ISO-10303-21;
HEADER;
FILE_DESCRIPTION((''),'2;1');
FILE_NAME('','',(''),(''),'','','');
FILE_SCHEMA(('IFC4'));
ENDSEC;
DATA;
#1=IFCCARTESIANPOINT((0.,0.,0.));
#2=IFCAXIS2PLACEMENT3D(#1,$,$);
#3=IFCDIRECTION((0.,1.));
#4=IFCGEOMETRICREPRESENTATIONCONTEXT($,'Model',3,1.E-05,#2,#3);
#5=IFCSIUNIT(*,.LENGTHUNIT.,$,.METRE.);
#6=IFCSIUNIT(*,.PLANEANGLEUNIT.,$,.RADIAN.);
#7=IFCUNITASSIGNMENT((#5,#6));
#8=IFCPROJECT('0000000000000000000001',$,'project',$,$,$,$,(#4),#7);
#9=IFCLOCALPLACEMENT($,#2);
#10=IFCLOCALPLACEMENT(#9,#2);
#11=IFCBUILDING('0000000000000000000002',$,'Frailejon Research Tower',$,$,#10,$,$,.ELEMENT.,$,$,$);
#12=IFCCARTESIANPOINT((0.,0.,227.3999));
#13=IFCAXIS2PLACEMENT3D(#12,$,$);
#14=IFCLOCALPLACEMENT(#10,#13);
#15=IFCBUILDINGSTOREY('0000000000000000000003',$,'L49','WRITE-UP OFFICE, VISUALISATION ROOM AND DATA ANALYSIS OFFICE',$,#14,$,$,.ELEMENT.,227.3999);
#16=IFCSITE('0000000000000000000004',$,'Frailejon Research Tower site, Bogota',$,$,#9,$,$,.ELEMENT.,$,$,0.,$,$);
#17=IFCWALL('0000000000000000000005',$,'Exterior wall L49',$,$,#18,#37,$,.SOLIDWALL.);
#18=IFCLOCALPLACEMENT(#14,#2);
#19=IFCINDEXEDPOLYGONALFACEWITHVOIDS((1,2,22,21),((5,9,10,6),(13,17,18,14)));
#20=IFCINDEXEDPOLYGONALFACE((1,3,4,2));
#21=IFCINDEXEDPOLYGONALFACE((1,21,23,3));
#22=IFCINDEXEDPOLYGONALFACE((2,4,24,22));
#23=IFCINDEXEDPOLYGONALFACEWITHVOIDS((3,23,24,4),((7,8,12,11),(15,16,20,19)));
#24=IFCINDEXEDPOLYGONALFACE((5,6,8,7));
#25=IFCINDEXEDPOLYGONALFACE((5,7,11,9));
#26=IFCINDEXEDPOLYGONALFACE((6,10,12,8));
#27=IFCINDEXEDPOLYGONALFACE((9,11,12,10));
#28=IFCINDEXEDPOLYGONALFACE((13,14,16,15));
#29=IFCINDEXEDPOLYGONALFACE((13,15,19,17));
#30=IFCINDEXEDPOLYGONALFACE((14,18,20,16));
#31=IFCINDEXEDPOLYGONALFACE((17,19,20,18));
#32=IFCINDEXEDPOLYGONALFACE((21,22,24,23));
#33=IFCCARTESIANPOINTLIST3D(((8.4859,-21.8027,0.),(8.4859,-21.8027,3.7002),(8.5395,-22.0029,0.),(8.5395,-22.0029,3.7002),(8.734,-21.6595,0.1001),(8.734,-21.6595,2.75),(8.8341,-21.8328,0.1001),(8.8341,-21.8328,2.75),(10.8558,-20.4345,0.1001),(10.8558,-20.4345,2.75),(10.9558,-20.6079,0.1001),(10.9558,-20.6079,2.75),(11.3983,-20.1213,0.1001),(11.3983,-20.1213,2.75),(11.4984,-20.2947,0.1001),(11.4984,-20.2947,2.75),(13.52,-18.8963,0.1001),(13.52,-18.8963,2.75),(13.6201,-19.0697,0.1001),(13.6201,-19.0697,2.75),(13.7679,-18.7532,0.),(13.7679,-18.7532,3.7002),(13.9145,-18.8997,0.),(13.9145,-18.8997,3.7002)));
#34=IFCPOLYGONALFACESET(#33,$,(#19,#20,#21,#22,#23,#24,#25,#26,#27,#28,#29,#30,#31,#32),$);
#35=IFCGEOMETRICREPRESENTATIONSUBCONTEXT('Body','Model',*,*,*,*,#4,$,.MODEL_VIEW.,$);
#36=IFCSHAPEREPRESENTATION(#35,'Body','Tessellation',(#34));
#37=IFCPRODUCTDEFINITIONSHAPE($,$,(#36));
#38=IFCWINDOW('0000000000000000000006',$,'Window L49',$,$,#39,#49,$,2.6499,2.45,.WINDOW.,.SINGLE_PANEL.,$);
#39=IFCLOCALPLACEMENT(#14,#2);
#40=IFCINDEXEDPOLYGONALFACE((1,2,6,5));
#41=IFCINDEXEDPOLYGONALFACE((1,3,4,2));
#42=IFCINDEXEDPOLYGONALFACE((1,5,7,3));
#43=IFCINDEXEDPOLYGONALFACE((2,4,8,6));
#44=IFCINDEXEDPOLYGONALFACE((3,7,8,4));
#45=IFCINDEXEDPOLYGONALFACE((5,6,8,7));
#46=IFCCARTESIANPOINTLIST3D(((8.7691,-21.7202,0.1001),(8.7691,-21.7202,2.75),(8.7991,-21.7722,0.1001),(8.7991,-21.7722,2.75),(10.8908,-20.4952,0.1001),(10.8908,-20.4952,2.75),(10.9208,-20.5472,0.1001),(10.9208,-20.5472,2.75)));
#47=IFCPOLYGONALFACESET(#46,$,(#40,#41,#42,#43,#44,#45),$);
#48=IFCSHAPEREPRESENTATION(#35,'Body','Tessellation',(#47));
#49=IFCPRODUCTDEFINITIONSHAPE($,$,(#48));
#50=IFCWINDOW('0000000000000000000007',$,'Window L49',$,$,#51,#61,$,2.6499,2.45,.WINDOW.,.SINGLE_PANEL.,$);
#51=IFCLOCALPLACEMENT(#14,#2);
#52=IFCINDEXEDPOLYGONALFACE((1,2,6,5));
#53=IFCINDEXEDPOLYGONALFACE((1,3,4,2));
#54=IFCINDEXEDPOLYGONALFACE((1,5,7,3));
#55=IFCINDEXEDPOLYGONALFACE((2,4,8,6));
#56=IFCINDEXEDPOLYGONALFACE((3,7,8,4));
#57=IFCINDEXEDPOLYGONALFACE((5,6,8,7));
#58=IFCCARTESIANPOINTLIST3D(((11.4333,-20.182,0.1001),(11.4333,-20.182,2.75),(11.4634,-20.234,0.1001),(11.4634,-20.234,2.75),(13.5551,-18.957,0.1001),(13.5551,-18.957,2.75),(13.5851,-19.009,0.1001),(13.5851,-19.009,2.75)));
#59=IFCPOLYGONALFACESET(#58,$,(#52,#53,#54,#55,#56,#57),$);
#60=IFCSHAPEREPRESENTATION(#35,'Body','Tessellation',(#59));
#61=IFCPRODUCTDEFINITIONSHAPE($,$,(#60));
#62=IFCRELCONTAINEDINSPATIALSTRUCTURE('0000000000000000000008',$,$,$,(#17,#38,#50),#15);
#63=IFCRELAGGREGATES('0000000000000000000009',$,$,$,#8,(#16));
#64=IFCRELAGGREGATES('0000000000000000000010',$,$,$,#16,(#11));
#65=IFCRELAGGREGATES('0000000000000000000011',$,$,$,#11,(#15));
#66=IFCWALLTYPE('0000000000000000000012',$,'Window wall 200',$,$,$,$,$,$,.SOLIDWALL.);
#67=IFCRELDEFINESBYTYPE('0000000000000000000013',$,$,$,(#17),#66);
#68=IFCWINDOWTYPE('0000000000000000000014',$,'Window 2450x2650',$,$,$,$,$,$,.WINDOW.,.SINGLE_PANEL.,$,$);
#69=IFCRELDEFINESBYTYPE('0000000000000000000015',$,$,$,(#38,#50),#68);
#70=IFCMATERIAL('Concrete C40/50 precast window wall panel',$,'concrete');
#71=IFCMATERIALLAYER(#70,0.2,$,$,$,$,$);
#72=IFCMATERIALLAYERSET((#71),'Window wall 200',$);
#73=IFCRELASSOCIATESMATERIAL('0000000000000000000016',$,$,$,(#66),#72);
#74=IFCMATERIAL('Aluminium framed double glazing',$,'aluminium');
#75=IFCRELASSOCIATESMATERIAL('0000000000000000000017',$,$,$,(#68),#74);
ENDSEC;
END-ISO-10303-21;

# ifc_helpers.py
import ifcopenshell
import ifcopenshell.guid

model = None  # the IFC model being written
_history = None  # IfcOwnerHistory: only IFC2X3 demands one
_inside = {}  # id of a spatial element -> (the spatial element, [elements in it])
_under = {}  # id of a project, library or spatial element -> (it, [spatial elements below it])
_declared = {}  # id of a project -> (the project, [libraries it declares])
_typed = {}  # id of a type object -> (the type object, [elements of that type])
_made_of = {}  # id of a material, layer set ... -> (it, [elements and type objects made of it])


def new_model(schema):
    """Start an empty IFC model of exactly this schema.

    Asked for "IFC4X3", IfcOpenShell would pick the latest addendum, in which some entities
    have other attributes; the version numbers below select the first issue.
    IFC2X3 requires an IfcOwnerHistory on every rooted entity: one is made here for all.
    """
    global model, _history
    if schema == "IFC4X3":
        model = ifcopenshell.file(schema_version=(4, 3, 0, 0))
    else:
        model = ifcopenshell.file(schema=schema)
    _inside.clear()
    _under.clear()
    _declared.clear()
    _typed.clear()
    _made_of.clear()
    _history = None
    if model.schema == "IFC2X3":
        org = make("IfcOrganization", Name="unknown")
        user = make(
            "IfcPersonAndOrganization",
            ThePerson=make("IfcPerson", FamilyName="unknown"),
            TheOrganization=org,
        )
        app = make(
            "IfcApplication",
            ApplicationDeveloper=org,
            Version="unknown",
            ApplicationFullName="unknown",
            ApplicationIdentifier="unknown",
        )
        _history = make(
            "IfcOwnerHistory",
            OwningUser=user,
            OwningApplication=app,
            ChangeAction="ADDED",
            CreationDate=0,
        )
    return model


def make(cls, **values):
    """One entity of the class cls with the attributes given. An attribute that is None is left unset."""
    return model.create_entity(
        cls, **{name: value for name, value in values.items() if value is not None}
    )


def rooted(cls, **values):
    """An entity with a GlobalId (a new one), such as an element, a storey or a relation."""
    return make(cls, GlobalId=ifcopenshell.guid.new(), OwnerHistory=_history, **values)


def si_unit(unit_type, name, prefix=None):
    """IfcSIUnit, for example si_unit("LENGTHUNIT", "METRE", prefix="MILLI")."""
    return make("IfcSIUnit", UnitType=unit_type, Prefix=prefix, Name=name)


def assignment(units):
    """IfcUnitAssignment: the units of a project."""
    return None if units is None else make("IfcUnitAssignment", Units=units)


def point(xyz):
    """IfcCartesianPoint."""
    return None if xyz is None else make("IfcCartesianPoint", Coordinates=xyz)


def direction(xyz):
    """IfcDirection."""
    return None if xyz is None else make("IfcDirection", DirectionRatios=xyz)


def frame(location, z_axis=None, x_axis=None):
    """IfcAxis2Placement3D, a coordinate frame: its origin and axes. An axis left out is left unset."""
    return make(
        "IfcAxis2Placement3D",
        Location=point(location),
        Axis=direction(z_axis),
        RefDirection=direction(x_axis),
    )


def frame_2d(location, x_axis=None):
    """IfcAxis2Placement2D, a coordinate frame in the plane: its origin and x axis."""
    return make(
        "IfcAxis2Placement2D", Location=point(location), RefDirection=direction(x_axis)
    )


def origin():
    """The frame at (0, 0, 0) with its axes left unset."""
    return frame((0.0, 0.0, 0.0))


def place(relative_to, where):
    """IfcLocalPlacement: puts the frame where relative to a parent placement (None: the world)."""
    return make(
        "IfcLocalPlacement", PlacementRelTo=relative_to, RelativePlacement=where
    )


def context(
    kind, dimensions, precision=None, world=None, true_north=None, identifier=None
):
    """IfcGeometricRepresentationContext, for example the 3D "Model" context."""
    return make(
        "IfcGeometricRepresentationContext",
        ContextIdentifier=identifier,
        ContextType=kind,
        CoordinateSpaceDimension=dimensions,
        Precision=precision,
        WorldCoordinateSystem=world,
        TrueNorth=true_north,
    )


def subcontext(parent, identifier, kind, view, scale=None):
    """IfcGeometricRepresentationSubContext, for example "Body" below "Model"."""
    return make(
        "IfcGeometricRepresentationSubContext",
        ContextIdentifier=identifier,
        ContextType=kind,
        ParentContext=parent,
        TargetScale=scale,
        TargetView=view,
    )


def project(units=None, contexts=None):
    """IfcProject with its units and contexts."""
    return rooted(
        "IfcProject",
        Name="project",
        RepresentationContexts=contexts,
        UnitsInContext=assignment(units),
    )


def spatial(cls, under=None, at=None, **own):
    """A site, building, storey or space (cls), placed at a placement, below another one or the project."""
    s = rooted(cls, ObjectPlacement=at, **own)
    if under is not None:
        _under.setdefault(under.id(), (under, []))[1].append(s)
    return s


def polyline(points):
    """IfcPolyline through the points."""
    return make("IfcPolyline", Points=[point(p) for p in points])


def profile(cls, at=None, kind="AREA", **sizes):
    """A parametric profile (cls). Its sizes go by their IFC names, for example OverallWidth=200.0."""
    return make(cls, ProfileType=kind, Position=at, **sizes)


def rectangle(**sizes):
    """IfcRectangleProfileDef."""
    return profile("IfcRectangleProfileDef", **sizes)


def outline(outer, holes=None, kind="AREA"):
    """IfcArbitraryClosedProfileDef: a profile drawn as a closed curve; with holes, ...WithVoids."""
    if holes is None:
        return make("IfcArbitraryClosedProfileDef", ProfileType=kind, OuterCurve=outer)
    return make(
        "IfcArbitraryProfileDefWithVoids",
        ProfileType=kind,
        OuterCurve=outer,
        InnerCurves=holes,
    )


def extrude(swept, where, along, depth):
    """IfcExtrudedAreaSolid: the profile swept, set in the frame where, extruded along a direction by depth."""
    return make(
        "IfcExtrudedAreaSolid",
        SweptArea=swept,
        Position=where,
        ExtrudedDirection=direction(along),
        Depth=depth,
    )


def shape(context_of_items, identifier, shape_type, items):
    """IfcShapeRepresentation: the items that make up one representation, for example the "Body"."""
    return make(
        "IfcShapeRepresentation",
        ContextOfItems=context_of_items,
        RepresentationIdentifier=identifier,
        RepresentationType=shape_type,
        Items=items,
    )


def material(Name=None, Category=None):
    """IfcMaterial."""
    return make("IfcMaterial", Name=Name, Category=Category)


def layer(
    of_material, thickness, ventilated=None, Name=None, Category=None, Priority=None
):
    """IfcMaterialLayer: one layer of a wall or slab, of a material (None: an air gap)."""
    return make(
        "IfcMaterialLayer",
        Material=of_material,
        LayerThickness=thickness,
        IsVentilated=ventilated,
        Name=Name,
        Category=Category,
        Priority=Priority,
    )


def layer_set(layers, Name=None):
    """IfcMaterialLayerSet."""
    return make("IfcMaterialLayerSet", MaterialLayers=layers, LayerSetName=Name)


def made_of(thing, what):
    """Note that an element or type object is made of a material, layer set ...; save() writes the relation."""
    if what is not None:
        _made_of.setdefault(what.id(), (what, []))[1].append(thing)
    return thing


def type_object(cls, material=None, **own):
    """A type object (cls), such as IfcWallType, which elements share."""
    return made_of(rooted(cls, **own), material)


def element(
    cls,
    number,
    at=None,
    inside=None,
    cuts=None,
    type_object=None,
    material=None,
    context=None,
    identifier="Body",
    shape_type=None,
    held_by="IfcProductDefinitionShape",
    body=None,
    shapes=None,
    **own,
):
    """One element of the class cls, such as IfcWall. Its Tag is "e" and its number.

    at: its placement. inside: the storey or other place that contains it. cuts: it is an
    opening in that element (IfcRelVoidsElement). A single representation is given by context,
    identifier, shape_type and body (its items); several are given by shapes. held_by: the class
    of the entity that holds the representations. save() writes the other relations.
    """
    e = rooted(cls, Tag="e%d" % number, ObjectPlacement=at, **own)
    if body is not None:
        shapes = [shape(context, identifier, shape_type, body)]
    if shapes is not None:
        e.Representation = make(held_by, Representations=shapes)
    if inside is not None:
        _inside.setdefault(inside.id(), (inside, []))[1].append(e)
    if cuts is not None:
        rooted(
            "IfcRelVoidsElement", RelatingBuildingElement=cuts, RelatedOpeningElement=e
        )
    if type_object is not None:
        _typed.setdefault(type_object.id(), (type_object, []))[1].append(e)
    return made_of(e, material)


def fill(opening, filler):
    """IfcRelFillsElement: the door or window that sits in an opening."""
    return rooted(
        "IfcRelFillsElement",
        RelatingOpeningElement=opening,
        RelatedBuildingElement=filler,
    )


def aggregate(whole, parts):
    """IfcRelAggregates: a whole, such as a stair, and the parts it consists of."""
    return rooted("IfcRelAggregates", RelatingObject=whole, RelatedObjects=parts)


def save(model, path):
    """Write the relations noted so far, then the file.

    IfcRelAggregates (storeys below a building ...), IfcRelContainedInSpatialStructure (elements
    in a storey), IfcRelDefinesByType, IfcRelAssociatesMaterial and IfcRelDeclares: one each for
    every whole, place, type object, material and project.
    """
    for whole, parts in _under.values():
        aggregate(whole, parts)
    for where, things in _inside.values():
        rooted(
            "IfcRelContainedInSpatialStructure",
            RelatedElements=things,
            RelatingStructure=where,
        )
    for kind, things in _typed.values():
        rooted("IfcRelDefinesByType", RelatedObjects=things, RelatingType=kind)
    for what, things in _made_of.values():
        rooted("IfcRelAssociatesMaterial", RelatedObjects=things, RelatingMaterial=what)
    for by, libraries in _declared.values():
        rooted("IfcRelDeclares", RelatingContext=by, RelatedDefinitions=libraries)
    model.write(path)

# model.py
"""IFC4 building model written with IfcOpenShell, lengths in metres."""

from ifc_helpers import new_model, si_unit, direction, frame, frame_2d, origin, place, context, subcontext, project, spatial, polyline, rectangle, outline, extrude, material, layer, layer_set, type_object, element, fill, save


model = new_model("IFC4")

# Units and contexts
model_context = context("Model", 3, precision=1e-05, world=origin(), true_north=direction((0.0, 1.0)))
body_context = subcontext(model_context, "Body", "Model", "MODEL_VIEW")
ifc_project = project(units=[si_unit("LENGTHUNIT", "METRE"), si_unit("PLANEANGLEUNIT", "RADIAN")], contexts=[model_context])

# Site, building, storey
site_placement = place(None, origin())
site = spatial("IfcSite", under=ifc_project, at=site_placement, Name="Frailejon Research Tower site, Bogota", CompositionType="ELEMENT", RefElevation=0.0)
building_placement = place(site_placement, origin())
building = spatial("IfcBuilding", under=site, at=building_placement, Name="Frailejon Research Tower", CompositionType="ELEMENT")
storey_placement = place(building_placement, frame((0.0, 0.0, 227.3999)))
storey = spatial("IfcBuildingStorey", under=building, at=storey_placement, Name="L49", Description="WRITE-UP OFFICE, VISUALISATION ROOM AND DATA ANALYSIS OFFICE", CompositionType="ELEMENT", Elevation=227.3999)

# Wall, openings, windows
ifc_material_1 = material(Name="Concrete C40/50 precast window wall panel", Category="concrete")
ifc_layer_1 = layer(ifc_material_1, 0.2)
ifc_layer_set_1 = layer_set([ifc_layer_1], Name="Window wall 200")
wall_type_1 = type_object("IfcWallType", Name="Window wall 200", PredefinedType="SOLIDWALL", material=ifc_layer_set_1)
wall_1_placement = place(storey_placement, frame((8.5127, -21.9028, 0.0), z_axis=(0.0, 0.0, 1.0), x_axis=(0.86603, 0.499993, 0.0)))
wall_1 = element("IfcWall", 1, at=wall_1_placement, inside=storey, type_object=wall_type_1, Name="Exterior wall L49", PredefinedType="SOLIDWALL", context=body_context, shape_type="SweptSolid", body=[
    extrude(outline(polyline([(-0.0269, -0.1001), (1.0076, -0.1001), (2.042, -0.1001), (3.0764, -0.1001), (4.1108, -0.1001), (5.1453, -0.1001), (6.1797, -0.1001), (6.126, 0.1001), (5.1094, 0.1001), (4.093, 0.1001), (3.0764, 0.1001), (2.0598, 0.1001), (1.0435, 0.1001), (0.0269, 0.1001), (-0.0269, -0.1001)])), origin(), (0.0, 0.0, 1.0), 3.7002),
])
opening_1_placement = place(wall_1_placement, frame((0.3132, 0.0, 0.1001)))
opening_1 = element("IfcOpeningElement", 2, at=opening_1_placement, cuts=wall_1, PredefinedType="OPENING", context=body_context, shape_type="SweptSolid", body=[
    extrude(rectangle(XDim=2.45, YDim=2.6499, at=frame_2d((1.2251, 1.325))), frame((0.0, 0.1099, 0.0), z_axis=(0.0, -1.0, 0.0), x_axis=(1.0, 0.0, 0.0)), (0.0, 0.0, 1.0), 0.22),
])
opening_2_placement = place(wall_1_placement, frame((3.3896, 0.0, 0.1001)))
opening_2 = element("IfcOpeningElement", 3, at=opening_2_placement, cuts=wall_1, PredefinedType="OPENING", context=body_context, shape_type="SweptSolid", body=[
    extrude(rectangle(XDim=2.45, YDim=2.6499, at=frame_2d((1.2251, 1.325))), frame((0.0, 0.1099, 0.0), z_axis=(0.0, -1.0, 0.0), x_axis=(1.0, 0.0, 0.0)), (0.0, 0.0, 1.0), 0.22),
])
ifc_material_2 = material(Name="Aluminium framed double glazing", Category="aluminium")
window_type_1 = type_object("IfcWindowType", Name="Window 2450x2650", PartitioningType="SINGLE_PANEL", PredefinedType="WINDOW", material=ifc_material_2)
window_1_placement = place(opening_1_placement, origin())
window_1 = element("IfcWindow", 4, at=window_1_placement, inside=storey, type_object=window_type_1, Name="Window L49", OverallHeight=2.6499, OverallWidth=2.45, PartitioningType="SINGLE_PANEL", PredefinedType="WINDOW", context=body_context, shape_type="SweptSolid", body=[
    extrude(rectangle(XDim=2.45, YDim=2.6499, at=frame_2d((1.2251, 1.325))), frame((0.0, 0.03, 0.0), z_axis=(0.0, -1.0, 0.0), x_axis=(1.0, 0.0, 0.0)), (0.0, 0.0, 1.0), 0.0601),
])
fill(opening_1, window_1)
window_2_placement = place(opening_2_placement, origin())
window_2 = element("IfcWindow", 5, at=window_2_placement, inside=storey, type_object=window_type_1, Name="Window L49", OverallHeight=2.6499, OverallWidth=2.45, PartitioningType="SINGLE_PANEL", PredefinedType="WINDOW", context=body_context, shape_type="SweptSolid", body=[
    extrude(rectangle(XDim=2.45, YDim=2.6499, at=frame_2d((1.2251, 1.325))), frame((0.0, 0.03, 0.0), z_axis=(0.0, -1.0, 0.0), x_axis=(1.0, 0.0, 0.0)), (0.0, 0.0, 1.0), 0.0601),
])
fill(opening_2, window_2)

save(model, "model.ifc")
